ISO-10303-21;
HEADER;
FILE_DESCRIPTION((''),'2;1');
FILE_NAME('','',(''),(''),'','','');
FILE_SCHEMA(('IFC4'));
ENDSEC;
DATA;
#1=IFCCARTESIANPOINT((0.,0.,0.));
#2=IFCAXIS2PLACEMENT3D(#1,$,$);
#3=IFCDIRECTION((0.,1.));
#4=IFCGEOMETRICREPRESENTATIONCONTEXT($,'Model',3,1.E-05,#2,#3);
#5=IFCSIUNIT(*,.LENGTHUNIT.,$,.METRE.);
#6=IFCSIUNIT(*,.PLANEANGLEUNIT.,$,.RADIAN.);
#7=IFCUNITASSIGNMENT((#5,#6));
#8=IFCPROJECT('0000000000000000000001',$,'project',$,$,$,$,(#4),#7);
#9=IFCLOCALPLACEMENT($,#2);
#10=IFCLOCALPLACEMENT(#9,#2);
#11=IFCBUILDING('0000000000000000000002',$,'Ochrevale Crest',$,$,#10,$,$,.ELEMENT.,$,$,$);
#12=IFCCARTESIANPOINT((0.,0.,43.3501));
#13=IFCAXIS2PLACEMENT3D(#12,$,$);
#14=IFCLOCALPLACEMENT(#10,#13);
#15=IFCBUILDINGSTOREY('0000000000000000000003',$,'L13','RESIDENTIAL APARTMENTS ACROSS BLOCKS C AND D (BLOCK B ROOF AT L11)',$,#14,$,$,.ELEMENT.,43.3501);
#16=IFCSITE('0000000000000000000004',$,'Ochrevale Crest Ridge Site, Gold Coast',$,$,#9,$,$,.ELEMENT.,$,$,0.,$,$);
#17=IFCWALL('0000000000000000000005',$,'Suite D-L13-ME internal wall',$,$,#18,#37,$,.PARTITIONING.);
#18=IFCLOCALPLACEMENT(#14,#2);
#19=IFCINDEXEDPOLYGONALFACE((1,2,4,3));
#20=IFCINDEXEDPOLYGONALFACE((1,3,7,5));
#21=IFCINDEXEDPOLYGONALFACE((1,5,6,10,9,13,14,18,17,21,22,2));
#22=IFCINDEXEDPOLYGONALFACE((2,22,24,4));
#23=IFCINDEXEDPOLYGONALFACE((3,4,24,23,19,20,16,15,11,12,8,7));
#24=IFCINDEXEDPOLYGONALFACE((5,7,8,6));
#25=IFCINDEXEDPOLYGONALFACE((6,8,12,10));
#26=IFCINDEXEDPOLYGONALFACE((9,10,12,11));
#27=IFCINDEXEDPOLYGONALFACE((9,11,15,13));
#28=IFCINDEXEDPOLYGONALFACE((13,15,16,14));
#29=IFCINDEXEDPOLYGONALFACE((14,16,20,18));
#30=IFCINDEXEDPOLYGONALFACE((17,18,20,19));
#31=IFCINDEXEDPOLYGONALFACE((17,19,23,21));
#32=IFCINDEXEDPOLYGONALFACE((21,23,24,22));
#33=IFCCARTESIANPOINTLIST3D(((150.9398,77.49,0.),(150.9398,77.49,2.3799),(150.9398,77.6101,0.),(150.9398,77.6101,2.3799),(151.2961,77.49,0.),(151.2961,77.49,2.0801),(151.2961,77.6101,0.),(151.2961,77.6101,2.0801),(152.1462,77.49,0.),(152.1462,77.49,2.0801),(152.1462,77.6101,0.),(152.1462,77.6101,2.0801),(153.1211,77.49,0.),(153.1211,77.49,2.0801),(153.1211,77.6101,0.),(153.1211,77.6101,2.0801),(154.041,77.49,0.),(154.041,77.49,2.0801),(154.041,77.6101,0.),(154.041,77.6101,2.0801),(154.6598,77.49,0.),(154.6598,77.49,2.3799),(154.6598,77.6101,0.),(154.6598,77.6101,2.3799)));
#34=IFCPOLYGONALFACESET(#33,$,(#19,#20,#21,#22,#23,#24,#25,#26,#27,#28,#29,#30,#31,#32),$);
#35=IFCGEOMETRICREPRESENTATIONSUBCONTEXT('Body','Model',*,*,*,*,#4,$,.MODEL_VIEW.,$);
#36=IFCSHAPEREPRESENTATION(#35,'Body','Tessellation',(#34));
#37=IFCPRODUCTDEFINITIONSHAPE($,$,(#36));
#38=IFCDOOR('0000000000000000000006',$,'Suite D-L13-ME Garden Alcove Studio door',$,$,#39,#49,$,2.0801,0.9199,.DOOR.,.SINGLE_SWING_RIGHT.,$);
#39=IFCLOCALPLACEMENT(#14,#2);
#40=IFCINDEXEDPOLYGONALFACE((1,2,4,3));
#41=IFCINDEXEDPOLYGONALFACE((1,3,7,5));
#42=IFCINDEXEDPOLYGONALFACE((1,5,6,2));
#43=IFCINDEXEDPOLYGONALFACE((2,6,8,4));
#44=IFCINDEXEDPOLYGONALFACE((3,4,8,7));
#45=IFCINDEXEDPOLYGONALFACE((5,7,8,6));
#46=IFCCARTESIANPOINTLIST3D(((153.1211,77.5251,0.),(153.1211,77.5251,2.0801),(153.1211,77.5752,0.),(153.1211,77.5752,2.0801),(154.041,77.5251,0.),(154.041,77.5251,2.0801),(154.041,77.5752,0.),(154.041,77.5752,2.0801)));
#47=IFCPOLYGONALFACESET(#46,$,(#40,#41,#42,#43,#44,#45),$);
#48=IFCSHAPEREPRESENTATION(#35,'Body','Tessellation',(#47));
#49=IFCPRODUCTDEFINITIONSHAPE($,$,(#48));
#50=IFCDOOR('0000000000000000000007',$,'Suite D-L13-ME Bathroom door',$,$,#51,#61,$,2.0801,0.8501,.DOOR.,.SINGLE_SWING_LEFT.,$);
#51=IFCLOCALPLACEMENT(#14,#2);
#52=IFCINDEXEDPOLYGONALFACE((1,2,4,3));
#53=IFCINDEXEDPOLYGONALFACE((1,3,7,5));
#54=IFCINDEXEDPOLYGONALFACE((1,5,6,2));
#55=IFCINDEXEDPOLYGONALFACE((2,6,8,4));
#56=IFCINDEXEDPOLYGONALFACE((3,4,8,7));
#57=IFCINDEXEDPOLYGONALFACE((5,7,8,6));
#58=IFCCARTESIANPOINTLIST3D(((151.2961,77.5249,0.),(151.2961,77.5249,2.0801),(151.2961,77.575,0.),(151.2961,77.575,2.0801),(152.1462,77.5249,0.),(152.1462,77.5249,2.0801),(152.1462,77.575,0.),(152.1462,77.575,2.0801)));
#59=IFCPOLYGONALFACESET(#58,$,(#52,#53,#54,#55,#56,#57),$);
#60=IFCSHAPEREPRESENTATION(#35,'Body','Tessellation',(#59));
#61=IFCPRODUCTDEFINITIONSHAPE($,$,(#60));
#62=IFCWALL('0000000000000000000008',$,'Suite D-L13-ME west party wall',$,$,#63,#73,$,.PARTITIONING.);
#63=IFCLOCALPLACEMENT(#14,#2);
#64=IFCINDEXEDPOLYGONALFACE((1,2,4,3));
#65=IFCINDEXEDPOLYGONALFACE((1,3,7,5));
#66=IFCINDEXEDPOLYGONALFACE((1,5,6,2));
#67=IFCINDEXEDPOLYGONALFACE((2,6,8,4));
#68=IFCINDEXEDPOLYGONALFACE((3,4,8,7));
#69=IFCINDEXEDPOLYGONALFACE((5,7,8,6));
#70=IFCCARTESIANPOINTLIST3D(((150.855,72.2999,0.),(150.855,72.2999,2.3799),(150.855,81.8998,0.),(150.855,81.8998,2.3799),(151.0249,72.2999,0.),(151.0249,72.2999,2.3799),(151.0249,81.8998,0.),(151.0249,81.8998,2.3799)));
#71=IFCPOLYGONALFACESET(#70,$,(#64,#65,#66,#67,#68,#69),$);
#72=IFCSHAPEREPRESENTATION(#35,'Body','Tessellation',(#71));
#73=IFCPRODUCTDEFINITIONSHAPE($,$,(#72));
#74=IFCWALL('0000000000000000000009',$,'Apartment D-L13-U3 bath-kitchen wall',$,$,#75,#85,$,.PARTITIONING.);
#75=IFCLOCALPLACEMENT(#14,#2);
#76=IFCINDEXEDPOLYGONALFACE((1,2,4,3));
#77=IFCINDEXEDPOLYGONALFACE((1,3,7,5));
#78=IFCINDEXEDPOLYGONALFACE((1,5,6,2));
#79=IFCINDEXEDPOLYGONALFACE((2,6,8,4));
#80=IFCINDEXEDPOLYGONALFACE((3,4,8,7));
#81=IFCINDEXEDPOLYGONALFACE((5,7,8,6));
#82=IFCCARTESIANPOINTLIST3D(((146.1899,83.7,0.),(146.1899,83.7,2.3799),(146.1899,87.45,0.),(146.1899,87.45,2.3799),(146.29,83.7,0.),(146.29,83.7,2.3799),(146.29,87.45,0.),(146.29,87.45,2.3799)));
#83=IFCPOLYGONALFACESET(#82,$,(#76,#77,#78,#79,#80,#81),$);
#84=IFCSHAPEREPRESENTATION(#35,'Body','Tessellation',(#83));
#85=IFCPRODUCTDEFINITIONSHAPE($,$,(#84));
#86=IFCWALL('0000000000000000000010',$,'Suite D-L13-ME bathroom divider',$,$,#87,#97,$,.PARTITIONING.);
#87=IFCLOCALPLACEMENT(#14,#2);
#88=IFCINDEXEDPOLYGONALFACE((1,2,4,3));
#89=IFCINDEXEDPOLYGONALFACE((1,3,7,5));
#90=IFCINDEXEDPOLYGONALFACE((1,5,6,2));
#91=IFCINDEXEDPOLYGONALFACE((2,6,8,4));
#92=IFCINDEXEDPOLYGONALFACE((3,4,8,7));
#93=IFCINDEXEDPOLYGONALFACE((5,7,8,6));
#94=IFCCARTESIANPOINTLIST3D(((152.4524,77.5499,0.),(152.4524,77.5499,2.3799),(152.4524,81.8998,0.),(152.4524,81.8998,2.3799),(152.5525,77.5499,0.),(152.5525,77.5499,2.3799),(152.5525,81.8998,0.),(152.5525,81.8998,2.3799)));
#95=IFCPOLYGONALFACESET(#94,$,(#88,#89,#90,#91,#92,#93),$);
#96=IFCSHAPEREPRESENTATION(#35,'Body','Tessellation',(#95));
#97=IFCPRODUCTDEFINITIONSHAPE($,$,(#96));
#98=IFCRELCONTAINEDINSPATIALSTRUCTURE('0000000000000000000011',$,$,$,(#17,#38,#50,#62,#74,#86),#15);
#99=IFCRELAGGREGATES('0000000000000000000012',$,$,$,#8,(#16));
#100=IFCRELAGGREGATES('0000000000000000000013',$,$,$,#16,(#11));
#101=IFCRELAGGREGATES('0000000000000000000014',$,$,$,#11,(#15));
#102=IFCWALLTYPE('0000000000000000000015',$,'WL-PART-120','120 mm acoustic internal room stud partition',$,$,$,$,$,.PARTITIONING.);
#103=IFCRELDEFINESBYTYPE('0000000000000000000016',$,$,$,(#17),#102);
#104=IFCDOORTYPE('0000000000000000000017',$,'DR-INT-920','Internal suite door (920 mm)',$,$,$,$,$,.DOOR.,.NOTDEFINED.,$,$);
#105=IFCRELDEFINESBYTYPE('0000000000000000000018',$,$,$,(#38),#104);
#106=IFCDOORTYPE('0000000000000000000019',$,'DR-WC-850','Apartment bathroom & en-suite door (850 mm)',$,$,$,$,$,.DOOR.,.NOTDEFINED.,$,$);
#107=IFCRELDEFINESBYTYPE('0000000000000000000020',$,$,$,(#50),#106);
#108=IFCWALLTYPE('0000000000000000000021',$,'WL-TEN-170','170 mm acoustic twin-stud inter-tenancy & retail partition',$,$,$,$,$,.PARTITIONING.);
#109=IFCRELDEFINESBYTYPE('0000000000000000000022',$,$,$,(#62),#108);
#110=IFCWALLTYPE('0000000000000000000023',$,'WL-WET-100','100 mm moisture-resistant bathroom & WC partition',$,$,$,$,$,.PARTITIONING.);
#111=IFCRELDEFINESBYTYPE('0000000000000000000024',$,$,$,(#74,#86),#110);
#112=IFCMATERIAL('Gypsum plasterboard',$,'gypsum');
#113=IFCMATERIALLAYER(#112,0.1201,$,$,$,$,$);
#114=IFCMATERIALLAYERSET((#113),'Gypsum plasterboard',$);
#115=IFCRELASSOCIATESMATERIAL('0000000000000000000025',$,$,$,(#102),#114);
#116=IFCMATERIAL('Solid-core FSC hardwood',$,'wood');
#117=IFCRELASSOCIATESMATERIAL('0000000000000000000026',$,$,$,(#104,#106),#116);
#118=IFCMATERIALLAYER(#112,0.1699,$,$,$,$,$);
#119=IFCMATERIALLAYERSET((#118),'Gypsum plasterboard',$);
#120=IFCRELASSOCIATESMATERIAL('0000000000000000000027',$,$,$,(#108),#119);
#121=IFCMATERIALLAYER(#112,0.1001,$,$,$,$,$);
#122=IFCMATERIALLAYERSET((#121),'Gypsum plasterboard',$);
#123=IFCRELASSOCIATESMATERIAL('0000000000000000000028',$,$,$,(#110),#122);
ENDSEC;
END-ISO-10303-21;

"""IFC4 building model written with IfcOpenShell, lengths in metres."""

from ifc_helpers import new_model, si_unit, direction, frame, frame_2d, origin, place, context, subcontext, project, spatial, rectangle, extrude, material, layer, layer_set, type_object, element, fill, save


model = new_model("IFC4")

# Units and contexts
model_context = context("Model", 3, precision=1e-05, world=origin(), true_north=direction((0.0, 1.0)))
body_context = subcontext(model_context, "Body", "Model", "MODEL_VIEW")
ifc_project = project(units=[si_unit("LENGTHUNIT", "METRE"), si_unit("PLANEANGLEUNIT", "RADIAN")], contexts=[model_context])

# Site, building, storey
site_placement = place(None, origin())
site = spatial("IfcSite", under=ifc_project, at=site_placement, Name="Ochrevale Crest Ridge Site, Gold Coast", CompositionType="ELEMENT", RefElevation=0.0)
building_placement = place(site_placement, origin())
building = spatial("IfcBuilding", under=site, at=building_placement, Name="Ochrevale Crest", CompositionType="ELEMENT")
storey_placement = place(building_placement, frame((0.0, 0.0, 43.3501)))
storey = spatial("IfcBuildingStorey", under=building, at=storey_placement, Name="L13", Description="RESIDENTIAL APARTMENTS ACROSS BLOCKS C AND D (BLOCK B ROOF AT L11)", CompositionType="ELEMENT", Elevation=43.3501)

# Shared definitions
ifc_material_1 = material(Name="Gypsum plasterboard", Category="gypsum")
ifc_material_2 = material(Name="Solid-core FSC hardwood", Category="wood")

# Shared definitions
ifc_layer_1 = layer(ifc_material_1, 0.1201)
ifc_layer_set_1 = layer_set([ifc_layer_1], Name="Gypsum plasterboard")
wall_type_1 = type_object("IfcWallType", Name="WL-PART-120", Description="120 mm acoustic internal room stud partition", PredefinedType="PARTITIONING", material=ifc_layer_set_1)

# Wall, openings, doors
wall_1_placement = place(storey_placement, frame((150.9399, 77.55, 0.0), z_axis=(0.0, 0.0, 1.0), x_axis=(1.0, 0.0, 0.0)))
wall_1 = element("IfcWall", 1, at=wall_1_placement, inside=storey, type_object=wall_type_1, Name="Suite D-L13-ME internal wall", PredefinedType="PARTITIONING", context=body_context, shape_type="SweptSolid", body=[
    extrude(rectangle(XDim=3.72, YDim=0.1201, at=frame_2d((1.8599, 0.0))), origin(), (0.0, 0.0, 1.0), 2.3799),
])
opening_1_placement = place(wall_1_placement, frame((0.3562, 0.0, 0.0)))
opening_1 = element("IfcOpeningElement", 2, at=opening_1_placement, cuts=wall_1, PredefinedType="OPENING", context=body_context, shape_type="SweptSolid", body=[
    extrude(rectangle(XDim=0.8501, YDim=2.0801, at=frame_2d((0.425, 1.04))), frame((0.0, 0.0701, 0.0), z_axis=(0.0, -1.0, 0.0), x_axis=(1.0, 0.0, 0.0)), (0.0, 0.0, 1.0), 0.1401),
])
opening_2_placement = place(wall_1_placement, frame((3.1011, 0.0, 0.0), z_axis=(0.0, 0.0, 1.0), x_axis=(-1.0, 0.0, 0.0)))
opening_2 = element("IfcOpeningElement", 3, at=opening_2_placement, cuts=wall_1, PredefinedType="OPENING", context=body_context, shape_type="SweptSolid", body=[
    extrude(rectangle(XDim=0.9199, YDim=2.0801, at=frame_2d((0.46, 1.04))), frame((0.0, 0.0701, 0.0), z_axis=(0.0, -1.0, 0.0), x_axis=(1.0, 0.0, 0.0)), (0.0, 0.0, 1.0), 0.1401),
])
door_type_1 = type_object("IfcDoorType", Name="DR-INT-920", Description="Internal suite door (920 mm)", OperationType="NOTDEFINED", PredefinedType="DOOR", material=ifc_material_2)
door_1_placement = place(opening_2_placement, origin())
door_1 = element("IfcDoor", 4, at=door_1_placement, inside=storey, type_object=door_type_1, Name="Suite D-L13-ME Garden Alcove Studio door", OperationType="SINGLE_SWING_RIGHT", OverallHeight=2.0801, OverallWidth=0.9199, PredefinedType="DOOR", context=body_context, shape_type="SweptSolid", body=[
    extrude(rectangle(XDim=0.9199, YDim=2.0801, at=frame_2d((0.46, 1.04))), frame((0.0, 0.0249, 0.0), z_axis=(0.0, -1.0, 0.0), x_axis=(1.0, 0.0, 0.0)), (0.0, 0.0, 1.0), 0.05),
])
fill(opening_2, door_1)
door_type_2 = type_object("IfcDoorType", Name="DR-WC-850", Description="Apartment bathroom & en-suite door (850 mm)", OperationType="NOTDEFINED", PredefinedType="DOOR", material=ifc_material_2)
door_2_placement = place(opening_1_placement, origin())
door_2 = element("IfcDoor", 5, at=door_2_placement, inside=storey, type_object=door_type_2, Name="Suite D-L13-ME Bathroom door", OperationType="SINGLE_SWING_LEFT", OverallHeight=2.0801, OverallWidth=0.8501, PredefinedType="DOOR", context=body_context, shape_type="SweptSolid", body=[
    extrude(rectangle(XDim=0.8501, YDim=2.0801, at=frame_2d((0.425, 1.04))), frame((0.0, 0.0249, 0.0), z_axis=(0.0, -1.0, 0.0), x_axis=(1.0, 0.0, 0.0)), (0.0, 0.0, 1.0), 0.05),
])
fill(opening_1, door_2)

# Walls
ifc_layer_2 = layer(ifc_material_1, 0.1699)
ifc_layer_set_2 = layer_set([ifc_layer_2], Name="Gypsum plasterboard")
wall_type_2 = type_object("IfcWallType", Name="WL-TEN-170", Description="170 mm acoustic twin-stud inter-tenancy & retail partition", PredefinedType="PARTITIONING", material=ifc_layer_set_2)
wall_2_placement = place(storey_placement, frame((150.9399, 72.3, 0.0), z_axis=(0.0, 0.0, 1.0), x_axis=(0.0, 1.0, 0.0)))
element("IfcWall", 6, at=wall_2_placement, inside=storey, type_object=wall_type_2, Name="Suite D-L13-ME west party wall", PredefinedType="PARTITIONING", context=body_context, shape_type="SweptSolid", body=[
    extrude(rectangle(XDim=9.5999, YDim=0.1699, at=frame_2d((4.7998, 0.0))), origin(), (0.0, 0.0, 1.0), 2.3799),
])
ifc_layer_3 = layer(ifc_material_1, 0.1001)
ifc_layer_set_3 = layer_set([ifc_layer_3], Name="Gypsum plasterboard")
wall_type_3 = type_object("IfcWallType", Name="WL-WET-100", Description="100 mm moisture-resistant bathroom & WC partition", PredefinedType="PARTITIONING", material=ifc_layer_set_3)
wall_3_placement = place(storey_placement, frame((146.24, 83.7, 0.0), z_axis=(0.0, 0.0, 1.0), x_axis=(0.0, 1.0, 0.0)))
element("IfcWall", 7, at=wall_3_placement, inside=storey, type_object=wall_type_3, Name="Apartment D-L13-U3 bath-kitchen wall", PredefinedType="PARTITIONING", context=body_context, shape_type="SweptSolid", body=[
    extrude(rectangle(XDim=3.75, YDim=0.1001, at=frame_2d((1.875, 0.0))), origin(), (0.0, 0.0, 1.0), 2.3799),
])
wall_4_placement = place(storey_placement, frame((152.5024, 77.55, 0.0), z_axis=(0.0, 0.0, 1.0), x_axis=(0.0, 1.0, 0.0)))
element("IfcWall", 8, at=wall_4_placement, inside=storey, type_object=wall_type_3, Name="Suite D-L13-ME bathroom divider", PredefinedType="PARTITIONING", context=body_context, shape_type="SweptSolid", body=[
    extrude(rectangle(XDim=4.3499, YDim=0.1001, at=frame_2d((2.1748, 0.0))), origin(), (0.0, 0.0, 1.0), 2.3799),
])

save(model, "model.ifc")
